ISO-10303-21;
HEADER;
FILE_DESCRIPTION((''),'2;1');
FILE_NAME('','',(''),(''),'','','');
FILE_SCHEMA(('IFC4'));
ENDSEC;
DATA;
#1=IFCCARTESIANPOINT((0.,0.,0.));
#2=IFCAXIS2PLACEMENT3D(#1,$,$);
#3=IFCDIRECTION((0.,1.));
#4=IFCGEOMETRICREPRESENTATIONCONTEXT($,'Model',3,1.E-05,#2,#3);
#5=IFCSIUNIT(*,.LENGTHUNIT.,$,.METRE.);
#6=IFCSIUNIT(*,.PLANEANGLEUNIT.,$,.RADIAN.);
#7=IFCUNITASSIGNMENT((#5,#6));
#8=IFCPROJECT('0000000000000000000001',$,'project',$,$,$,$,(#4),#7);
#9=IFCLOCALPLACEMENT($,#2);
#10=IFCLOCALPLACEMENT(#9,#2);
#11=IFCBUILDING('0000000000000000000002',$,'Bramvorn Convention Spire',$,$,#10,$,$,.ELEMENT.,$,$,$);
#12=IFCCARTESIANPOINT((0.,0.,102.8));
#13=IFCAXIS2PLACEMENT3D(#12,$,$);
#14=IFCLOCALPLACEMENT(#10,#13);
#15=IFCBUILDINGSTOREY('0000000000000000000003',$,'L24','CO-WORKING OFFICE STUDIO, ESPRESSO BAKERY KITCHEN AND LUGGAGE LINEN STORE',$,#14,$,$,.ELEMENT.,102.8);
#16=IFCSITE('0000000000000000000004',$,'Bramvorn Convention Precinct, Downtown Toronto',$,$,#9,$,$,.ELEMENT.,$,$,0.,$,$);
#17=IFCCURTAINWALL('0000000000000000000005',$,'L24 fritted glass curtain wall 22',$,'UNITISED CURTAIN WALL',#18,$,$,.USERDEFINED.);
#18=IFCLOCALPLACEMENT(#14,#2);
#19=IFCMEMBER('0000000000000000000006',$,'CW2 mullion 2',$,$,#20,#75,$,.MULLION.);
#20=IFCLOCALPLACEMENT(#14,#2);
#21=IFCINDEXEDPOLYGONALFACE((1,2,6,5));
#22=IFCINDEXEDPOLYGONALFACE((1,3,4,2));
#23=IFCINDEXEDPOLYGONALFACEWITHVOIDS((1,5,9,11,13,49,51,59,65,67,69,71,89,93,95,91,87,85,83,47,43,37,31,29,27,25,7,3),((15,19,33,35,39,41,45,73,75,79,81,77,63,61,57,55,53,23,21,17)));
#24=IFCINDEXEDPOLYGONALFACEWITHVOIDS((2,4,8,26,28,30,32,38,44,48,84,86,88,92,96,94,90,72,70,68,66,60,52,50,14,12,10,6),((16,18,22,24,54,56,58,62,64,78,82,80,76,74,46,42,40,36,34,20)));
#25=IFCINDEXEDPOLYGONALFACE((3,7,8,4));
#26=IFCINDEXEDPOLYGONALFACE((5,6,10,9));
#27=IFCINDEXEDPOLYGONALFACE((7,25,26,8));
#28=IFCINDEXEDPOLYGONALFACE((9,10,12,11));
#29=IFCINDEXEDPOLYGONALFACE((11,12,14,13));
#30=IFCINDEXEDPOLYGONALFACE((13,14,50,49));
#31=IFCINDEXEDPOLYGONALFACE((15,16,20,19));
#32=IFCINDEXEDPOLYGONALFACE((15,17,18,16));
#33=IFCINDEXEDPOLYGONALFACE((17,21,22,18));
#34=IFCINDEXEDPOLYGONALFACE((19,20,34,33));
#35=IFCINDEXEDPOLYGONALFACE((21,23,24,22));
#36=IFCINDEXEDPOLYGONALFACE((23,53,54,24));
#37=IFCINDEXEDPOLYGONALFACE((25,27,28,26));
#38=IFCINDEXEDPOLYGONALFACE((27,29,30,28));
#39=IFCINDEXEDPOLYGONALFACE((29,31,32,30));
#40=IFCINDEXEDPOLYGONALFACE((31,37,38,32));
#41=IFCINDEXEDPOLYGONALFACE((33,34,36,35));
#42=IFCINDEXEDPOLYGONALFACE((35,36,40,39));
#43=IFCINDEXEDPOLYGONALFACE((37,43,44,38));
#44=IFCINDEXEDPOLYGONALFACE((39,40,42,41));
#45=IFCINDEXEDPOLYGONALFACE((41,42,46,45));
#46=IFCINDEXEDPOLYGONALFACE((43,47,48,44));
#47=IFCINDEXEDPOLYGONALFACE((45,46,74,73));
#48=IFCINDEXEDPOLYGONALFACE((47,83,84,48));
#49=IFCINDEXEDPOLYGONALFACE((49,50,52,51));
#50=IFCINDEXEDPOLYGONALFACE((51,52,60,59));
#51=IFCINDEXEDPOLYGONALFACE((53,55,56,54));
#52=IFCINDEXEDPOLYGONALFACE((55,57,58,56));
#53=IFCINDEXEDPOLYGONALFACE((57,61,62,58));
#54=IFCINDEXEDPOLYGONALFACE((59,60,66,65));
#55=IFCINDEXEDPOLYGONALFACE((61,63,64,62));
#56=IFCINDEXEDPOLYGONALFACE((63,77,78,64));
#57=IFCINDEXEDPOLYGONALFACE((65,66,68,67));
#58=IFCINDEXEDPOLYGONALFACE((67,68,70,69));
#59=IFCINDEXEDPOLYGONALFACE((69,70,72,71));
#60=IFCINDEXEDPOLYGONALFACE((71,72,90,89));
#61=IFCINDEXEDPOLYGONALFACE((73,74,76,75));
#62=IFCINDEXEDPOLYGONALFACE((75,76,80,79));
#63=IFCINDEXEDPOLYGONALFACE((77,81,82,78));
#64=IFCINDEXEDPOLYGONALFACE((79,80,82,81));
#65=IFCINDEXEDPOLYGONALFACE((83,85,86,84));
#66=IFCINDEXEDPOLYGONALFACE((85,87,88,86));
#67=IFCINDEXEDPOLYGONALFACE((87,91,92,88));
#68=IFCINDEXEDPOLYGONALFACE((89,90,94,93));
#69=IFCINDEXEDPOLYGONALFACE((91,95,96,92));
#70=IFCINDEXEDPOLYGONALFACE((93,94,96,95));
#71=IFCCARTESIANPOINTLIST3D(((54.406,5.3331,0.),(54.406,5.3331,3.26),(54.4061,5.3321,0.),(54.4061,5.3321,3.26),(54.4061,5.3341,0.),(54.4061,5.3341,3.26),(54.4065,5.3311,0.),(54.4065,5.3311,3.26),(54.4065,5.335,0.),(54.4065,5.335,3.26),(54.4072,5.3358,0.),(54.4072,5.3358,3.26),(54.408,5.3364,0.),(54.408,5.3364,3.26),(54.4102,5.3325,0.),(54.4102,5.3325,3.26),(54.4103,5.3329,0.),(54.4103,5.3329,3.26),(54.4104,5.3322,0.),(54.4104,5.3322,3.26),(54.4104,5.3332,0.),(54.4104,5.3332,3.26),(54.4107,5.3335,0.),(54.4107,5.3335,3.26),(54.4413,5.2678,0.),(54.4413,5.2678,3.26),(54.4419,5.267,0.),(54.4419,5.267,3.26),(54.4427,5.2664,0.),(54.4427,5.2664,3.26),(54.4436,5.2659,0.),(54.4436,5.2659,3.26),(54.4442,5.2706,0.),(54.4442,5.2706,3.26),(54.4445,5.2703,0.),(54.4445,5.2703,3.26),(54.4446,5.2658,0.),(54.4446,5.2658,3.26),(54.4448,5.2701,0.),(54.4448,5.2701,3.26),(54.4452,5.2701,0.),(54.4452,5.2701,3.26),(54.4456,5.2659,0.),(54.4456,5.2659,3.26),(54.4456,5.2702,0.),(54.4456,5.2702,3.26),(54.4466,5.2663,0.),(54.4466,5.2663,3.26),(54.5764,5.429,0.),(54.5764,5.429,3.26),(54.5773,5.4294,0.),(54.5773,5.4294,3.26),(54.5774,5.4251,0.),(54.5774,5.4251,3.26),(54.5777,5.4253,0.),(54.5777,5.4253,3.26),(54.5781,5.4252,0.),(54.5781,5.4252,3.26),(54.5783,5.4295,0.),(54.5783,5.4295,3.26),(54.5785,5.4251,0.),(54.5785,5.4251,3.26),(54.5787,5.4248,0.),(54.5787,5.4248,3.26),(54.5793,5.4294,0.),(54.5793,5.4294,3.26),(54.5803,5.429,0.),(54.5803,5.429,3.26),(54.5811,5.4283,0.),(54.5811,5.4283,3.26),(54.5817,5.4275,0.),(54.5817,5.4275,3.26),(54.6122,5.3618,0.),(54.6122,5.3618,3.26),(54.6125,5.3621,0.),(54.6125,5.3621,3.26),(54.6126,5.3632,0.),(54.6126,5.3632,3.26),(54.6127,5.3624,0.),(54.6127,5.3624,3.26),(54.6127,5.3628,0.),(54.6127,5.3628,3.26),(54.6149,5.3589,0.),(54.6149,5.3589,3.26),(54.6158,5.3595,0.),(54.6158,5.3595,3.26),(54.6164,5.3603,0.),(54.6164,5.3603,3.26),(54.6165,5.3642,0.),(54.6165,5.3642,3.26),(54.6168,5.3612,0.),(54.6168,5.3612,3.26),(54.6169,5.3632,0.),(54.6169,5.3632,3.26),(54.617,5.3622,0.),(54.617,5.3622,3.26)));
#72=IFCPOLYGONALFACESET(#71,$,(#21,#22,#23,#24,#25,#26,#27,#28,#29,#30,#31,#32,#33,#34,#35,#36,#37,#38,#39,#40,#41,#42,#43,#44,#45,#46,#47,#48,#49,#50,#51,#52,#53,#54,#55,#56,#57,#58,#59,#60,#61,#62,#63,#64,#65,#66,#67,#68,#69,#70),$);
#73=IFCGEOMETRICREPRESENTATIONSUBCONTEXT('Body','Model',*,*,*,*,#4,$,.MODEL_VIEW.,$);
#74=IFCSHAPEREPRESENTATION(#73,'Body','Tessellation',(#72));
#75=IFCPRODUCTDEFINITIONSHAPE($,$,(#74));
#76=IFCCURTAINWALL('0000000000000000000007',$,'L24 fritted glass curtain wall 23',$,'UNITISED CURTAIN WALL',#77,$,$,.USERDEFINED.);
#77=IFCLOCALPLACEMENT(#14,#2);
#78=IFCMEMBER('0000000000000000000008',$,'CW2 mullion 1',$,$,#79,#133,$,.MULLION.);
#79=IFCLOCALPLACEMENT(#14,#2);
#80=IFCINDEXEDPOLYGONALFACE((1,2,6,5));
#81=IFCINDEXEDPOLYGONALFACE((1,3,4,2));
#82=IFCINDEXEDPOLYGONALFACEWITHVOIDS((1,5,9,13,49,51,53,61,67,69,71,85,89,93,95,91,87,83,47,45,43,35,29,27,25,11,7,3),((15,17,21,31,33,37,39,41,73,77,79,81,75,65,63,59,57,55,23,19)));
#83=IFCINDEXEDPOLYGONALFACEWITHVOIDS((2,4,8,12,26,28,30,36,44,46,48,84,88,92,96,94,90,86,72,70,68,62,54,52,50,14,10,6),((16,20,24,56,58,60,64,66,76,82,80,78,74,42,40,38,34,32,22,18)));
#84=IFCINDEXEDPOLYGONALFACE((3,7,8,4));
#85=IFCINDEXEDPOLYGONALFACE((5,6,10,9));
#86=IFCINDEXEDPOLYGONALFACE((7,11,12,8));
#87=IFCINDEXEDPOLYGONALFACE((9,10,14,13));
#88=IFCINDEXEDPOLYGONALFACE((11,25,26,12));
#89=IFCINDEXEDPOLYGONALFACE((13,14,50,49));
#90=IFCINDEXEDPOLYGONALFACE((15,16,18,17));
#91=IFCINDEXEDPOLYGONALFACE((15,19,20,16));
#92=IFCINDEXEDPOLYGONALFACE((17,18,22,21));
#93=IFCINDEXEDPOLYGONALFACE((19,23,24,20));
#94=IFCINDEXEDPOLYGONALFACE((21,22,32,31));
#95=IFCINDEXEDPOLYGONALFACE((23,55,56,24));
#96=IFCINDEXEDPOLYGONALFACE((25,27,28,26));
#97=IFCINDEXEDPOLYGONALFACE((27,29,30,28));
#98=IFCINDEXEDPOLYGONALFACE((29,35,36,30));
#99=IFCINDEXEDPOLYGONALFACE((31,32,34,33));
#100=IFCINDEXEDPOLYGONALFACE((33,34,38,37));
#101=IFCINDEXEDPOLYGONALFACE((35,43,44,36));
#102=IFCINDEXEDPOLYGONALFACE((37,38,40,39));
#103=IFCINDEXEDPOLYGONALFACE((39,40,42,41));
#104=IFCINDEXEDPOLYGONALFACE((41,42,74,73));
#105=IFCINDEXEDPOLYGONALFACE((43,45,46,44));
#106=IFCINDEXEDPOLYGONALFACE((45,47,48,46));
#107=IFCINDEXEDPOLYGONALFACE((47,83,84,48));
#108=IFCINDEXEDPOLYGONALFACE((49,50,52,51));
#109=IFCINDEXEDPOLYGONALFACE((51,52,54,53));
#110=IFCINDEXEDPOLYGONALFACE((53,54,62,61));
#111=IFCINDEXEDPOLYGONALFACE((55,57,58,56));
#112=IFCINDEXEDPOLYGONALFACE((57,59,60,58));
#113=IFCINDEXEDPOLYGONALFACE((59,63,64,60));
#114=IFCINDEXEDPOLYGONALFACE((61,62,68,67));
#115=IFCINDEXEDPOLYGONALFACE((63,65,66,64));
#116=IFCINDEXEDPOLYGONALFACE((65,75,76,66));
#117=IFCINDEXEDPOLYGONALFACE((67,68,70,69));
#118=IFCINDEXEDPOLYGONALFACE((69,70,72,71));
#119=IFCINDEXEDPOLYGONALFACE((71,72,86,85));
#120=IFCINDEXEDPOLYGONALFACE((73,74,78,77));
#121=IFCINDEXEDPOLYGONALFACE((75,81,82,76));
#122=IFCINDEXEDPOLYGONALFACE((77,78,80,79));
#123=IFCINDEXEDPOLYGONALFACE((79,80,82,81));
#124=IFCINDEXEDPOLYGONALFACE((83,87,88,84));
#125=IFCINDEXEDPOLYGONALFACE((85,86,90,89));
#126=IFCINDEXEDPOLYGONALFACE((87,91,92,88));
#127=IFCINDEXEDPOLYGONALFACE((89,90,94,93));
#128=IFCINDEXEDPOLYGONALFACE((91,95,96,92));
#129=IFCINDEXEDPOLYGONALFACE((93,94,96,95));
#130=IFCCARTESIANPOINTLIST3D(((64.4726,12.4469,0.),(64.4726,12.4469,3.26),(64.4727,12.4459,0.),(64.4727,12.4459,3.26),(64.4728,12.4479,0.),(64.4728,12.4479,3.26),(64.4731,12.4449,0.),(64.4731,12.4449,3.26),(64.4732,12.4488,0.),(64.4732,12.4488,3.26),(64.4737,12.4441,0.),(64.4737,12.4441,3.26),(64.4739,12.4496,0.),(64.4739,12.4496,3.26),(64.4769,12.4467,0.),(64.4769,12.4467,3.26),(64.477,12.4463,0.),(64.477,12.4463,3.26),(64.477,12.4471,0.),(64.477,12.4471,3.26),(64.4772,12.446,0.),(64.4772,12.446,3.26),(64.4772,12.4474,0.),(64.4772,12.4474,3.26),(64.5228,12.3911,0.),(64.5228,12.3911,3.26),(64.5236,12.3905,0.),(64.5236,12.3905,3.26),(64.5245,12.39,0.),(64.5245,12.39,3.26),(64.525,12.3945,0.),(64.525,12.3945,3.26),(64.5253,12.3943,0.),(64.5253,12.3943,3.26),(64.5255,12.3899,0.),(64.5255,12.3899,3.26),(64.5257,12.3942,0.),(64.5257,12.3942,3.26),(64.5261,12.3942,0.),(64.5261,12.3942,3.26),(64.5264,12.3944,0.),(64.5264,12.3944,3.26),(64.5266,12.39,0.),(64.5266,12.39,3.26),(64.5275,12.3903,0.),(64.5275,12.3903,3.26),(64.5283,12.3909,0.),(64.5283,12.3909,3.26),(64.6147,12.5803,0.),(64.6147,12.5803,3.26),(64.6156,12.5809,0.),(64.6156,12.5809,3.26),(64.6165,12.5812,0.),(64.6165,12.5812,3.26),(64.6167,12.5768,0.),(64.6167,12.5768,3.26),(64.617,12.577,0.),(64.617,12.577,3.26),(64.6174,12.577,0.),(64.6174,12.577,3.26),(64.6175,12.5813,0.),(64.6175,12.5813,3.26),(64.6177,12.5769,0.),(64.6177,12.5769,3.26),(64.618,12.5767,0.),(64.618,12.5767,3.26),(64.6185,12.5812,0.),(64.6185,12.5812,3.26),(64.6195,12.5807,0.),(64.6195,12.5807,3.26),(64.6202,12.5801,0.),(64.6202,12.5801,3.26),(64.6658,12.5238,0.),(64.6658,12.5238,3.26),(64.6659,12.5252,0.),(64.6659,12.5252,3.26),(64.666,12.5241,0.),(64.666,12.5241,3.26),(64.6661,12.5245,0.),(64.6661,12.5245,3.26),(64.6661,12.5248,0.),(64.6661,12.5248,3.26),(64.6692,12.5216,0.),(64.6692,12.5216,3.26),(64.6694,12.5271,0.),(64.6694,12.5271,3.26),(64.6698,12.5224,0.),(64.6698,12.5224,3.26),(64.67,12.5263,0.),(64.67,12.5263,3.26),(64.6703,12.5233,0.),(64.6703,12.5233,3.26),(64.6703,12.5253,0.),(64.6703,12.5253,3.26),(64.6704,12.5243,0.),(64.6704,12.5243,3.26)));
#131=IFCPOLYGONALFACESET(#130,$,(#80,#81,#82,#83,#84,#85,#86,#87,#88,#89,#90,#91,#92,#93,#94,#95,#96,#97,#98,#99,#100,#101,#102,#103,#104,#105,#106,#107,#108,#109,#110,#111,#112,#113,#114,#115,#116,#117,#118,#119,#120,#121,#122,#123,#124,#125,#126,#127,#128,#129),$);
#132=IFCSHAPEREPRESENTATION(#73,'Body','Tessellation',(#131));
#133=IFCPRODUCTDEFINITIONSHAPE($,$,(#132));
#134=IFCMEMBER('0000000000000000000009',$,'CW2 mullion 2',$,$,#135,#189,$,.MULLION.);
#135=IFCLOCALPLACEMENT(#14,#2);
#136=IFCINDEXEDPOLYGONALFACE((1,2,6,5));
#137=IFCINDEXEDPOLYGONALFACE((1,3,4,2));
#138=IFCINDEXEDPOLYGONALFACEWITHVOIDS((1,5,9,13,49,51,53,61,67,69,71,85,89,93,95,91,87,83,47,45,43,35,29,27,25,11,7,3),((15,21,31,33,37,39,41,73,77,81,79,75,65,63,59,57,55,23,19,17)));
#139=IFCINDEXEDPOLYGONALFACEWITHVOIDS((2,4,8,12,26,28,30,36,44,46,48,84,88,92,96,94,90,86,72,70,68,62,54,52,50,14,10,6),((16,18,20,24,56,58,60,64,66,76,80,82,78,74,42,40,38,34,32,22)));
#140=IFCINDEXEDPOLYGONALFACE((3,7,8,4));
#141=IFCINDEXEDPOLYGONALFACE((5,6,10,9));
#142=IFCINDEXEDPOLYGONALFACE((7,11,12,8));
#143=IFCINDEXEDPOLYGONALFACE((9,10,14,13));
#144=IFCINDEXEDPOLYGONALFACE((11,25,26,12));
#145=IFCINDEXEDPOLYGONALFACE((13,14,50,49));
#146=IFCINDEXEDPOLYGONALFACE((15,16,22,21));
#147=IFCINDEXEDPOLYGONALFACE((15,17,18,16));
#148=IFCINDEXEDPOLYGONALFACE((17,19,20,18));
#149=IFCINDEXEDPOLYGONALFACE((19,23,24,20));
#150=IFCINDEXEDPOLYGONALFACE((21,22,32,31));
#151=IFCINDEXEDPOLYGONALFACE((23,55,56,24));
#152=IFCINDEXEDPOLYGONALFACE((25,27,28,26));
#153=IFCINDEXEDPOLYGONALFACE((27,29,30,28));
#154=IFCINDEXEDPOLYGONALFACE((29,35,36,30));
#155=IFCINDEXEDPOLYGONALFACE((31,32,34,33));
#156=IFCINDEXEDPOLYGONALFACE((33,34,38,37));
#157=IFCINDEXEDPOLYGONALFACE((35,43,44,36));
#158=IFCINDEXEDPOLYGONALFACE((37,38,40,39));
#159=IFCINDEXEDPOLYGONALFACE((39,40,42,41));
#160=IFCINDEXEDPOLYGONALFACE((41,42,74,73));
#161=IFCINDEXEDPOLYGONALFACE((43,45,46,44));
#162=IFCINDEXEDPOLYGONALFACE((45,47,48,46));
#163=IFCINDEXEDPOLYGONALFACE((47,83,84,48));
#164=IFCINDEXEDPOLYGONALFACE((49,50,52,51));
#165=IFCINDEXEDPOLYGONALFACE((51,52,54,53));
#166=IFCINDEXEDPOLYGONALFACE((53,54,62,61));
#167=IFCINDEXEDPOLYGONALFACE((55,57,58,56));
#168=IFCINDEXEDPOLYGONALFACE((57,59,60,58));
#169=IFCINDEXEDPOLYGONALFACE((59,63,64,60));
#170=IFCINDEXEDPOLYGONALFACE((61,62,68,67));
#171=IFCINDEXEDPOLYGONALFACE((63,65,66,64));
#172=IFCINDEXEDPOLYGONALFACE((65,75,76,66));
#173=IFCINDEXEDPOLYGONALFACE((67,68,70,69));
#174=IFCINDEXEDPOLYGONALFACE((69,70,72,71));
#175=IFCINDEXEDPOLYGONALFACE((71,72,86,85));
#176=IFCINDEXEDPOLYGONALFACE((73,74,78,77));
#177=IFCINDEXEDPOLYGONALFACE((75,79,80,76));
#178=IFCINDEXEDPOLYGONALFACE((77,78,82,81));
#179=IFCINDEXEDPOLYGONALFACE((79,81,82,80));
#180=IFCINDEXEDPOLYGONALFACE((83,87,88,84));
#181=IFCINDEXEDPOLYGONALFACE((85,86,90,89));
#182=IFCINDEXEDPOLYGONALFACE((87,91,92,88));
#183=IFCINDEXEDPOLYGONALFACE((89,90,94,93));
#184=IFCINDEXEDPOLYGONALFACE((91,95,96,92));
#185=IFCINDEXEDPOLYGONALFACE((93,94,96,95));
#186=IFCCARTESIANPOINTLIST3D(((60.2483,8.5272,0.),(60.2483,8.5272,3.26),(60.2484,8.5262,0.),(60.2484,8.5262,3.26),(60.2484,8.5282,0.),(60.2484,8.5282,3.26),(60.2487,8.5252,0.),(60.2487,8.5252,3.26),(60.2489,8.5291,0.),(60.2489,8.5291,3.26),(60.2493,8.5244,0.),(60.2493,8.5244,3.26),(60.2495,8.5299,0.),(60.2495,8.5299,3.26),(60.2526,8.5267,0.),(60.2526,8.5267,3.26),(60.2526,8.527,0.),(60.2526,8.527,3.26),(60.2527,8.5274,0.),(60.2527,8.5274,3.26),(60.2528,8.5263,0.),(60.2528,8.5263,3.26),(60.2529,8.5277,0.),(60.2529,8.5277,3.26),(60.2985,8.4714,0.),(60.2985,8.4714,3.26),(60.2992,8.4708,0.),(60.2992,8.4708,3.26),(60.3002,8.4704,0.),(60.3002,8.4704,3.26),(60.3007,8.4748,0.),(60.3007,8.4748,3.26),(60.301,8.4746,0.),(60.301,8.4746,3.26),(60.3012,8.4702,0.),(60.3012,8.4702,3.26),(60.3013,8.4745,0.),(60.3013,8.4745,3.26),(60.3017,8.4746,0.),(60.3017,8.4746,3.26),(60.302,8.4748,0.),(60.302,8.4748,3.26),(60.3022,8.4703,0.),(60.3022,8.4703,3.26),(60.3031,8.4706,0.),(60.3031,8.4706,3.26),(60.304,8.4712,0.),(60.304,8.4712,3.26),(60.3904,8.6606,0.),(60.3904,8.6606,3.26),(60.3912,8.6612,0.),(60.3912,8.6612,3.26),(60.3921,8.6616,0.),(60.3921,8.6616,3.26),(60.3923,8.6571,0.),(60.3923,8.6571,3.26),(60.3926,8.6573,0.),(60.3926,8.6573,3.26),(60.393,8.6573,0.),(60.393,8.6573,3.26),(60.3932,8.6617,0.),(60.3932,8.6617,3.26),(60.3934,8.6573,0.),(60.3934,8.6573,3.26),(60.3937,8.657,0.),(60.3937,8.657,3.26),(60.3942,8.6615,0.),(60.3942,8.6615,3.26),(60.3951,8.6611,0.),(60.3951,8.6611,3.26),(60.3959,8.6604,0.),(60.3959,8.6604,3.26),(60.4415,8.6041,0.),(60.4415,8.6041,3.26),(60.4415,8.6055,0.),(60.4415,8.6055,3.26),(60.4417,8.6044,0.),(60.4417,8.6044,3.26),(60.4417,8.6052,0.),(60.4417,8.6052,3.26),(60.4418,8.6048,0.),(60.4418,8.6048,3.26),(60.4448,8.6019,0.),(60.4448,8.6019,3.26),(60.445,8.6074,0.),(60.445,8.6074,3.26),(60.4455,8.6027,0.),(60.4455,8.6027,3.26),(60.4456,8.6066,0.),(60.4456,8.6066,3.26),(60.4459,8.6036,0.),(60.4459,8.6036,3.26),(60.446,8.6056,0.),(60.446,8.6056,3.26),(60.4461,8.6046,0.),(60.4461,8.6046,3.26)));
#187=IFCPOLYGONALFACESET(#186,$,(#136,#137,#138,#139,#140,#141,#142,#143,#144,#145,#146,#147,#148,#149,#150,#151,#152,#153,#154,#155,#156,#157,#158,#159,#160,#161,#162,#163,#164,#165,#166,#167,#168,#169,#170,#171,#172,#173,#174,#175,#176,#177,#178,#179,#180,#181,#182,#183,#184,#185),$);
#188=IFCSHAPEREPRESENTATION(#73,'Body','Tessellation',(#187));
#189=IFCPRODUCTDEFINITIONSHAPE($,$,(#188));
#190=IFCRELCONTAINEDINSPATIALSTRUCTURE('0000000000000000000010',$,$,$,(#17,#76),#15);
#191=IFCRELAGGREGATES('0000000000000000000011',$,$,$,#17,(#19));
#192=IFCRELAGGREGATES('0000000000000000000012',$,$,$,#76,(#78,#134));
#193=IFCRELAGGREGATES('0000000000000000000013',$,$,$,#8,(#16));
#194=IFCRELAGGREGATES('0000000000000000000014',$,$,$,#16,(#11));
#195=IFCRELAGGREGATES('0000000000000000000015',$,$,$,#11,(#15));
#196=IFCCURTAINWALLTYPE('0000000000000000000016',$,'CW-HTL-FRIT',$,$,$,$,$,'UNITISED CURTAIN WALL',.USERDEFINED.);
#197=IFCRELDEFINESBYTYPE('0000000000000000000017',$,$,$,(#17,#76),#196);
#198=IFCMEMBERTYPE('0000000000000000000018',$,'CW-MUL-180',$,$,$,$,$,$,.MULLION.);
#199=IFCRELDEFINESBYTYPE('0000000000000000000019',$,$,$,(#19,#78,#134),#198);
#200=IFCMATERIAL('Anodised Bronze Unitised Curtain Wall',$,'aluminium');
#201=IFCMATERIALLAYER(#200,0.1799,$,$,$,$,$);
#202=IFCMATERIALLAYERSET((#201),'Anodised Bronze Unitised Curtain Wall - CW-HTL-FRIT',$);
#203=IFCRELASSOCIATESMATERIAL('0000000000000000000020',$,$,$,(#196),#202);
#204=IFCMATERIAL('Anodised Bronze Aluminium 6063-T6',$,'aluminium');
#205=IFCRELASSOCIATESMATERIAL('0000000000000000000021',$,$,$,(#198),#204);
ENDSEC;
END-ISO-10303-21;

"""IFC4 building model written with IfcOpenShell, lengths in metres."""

from ifc_helpers import new_model, si_unit, direction, frame, origin, origin_2d, place, context, subcontext, project, spatial, hollow_rectangle, extrude, material, layer, layer_set, material_profile, profile_set, type_object, element, aggregate, save


model = new_model("IFC4")

# Units and contexts
model_context = context("Model", 3, precision=1e-05, world=origin(), true_north=direction((0.0, 1.0)))
body_context = subcontext(model_context, "Body", "Model", "MODEL_VIEW")
ifc_project = project(units=[si_unit("LENGTHUNIT", "METRE"), si_unit("PLANEANGLEUNIT", "RADIAN")], contexts=[model_context])

# Site, building, storey
site_placement = place(None, origin())
site = spatial("IfcSite", under=ifc_project, at=site_placement, Name="Bramvorn Convention Precinct, Downtown Toronto", CompositionType="ELEMENT", RefElevation=0.0)
building_placement = place(site_placement, origin())
building = spatial("IfcBuilding", under=site, at=building_placement, Name="Bramvorn Convention Spire", CompositionType="ELEMENT")
storey_placement = place(building_placement, frame((0.0, 0.0, 102.8)))
storey = spatial("IfcBuildingStorey", under=building, at=storey_placement, Name="L24", Description="CO-WORKING OFFICE STUDIO, ESPRESSO BAKERY KITCHEN AND LUGGAGE LINEN STORE", CompositionType="ELEMENT", Elevation=102.8)

# Curtain walls, members
ifc_material_1 = material(Name="Anodised Bronze Unitised Curtain Wall", Category="aluminium")
ifc_layer_1 = layer(ifc_material_1, 0.1799)
ifc_layer_set_1 = layer_set([ifc_layer_1], Name="Anodised Bronze Unitised Curtain Wall - CW-HTL-FRIT")
curtain_wall_type = type_object("IfcCurtainWallType", Name="CW-HTL-FRIT", ElementType="UNITISED CURTAIN WALL", PredefinedType="USERDEFINED", material=ifc_layer_set_1)
curtain_wall_1_placement = place(storey_placement, origin())
curtain_wall_1 = element("IfcCurtainWall", 1, at=curtain_wall_1_placement, inside=storey, type_object=curtain_wall_type, Name="L24 fritted glass curtain wall 22", ObjectType="UNITISED CURTAIN WALL", PredefinedType="USERDEFINED")
ifc_material_2 = material(Name="Anodised Bronze Aluminium 6063-T6", Category="aluminium")
ifc_material_profile_1 = material_profile(ifc_material_2, hollow_rectangle(XDim=0.0801, YDim=0.2, WallThickness=0.0039, InnerFilletRadius=0.001, OuterFilletRadius=0.0039, at=origin_2d()))
ifc_profile_set_1 = profile_set([ifc_material_profile_1], Name="Anodised Bronze Aluminium 6063-T6 - CWM80X200")
member_type_1 = type_object("IfcMemberType", Name="CW-MUL-180", PredefinedType="MULLION", material=ifc_profile_set_1)
member_1_placement = place(storey_placement, frame((54.5115, 5.3477, 0.0), z_axis=(0.0, 0.0, 1.0), x_axis=(0.48196, -0.876193, 0.0)))
member_1 = element("IfcMember", 2, at=member_1_placement, type_object=member_type_1, Name="CW2 mullion 2", PredefinedType="MULLION", context=body_context, shape_type="SweptSolid", body=[
    extrude(hollow_rectangle(XDim=0.0801, YDim=0.2, WallThickness=0.0039, InnerFilletRadius=0.001, OuterFilletRadius=0.0039, at=origin_2d()), origin(), (0.0, 0.0, 1.0), 3.26),
])
curtain_wall_2_placement = place(storey_placement, origin())
curtain_wall_2 = element("IfcCurtainWall", 3, at=curtain_wall_2_placement, inside=storey, type_object=curtain_wall_type, Name="L24 fritted glass curtain wall 23", ObjectType="UNITISED CURTAIN WALL", PredefinedType="USERDEFINED")
member_2_placement = place(storey_placement, frame((64.5715, 12.4856, 0.0), z_axis=(0.0, 0.0, 1.0), x_axis=(0.680173, -0.733052, 0.0)))
member_2 = element("IfcMember", 4, at=member_2_placement, type_object=member_type_1, Name="CW2 mullion 1", PredefinedType="MULLION", context=body_context, shape_type="SweptSolid", body=[
    extrude(hollow_rectangle(XDim=0.0801, YDim=0.2, WallThickness=0.0039, InnerFilletRadius=0.001, OuterFilletRadius=0.0039, at=origin_2d()), origin(), (0.0, 0.0, 1.0), 3.26),
])
member_3_placement = place(storey_placement, frame((60.3472, 8.5659, 0.0), z_axis=(0.0, 0.0, 1.0), x_axis=(0.680173, -0.733052, 0.0)))
member_3 = element("IfcMember", 5, at=member_3_placement, type_object=member_type_1, Name="CW2 mullion 2", PredefinedType="MULLION", context=body_context, shape_type="SweptSolid", body=[
    extrude(hollow_rectangle(XDim=0.0801, YDim=0.2, WallThickness=0.0039, InnerFilletRadius=0.001, OuterFilletRadius=0.0039, at=origin_2d()), origin(), (0.0, 0.0, 1.0), 3.26),
])

aggregate(curtain_wall_1, [member_1])
aggregate(curtain_wall_2, [member_2, member_3])

save(model, "model.ifc")
